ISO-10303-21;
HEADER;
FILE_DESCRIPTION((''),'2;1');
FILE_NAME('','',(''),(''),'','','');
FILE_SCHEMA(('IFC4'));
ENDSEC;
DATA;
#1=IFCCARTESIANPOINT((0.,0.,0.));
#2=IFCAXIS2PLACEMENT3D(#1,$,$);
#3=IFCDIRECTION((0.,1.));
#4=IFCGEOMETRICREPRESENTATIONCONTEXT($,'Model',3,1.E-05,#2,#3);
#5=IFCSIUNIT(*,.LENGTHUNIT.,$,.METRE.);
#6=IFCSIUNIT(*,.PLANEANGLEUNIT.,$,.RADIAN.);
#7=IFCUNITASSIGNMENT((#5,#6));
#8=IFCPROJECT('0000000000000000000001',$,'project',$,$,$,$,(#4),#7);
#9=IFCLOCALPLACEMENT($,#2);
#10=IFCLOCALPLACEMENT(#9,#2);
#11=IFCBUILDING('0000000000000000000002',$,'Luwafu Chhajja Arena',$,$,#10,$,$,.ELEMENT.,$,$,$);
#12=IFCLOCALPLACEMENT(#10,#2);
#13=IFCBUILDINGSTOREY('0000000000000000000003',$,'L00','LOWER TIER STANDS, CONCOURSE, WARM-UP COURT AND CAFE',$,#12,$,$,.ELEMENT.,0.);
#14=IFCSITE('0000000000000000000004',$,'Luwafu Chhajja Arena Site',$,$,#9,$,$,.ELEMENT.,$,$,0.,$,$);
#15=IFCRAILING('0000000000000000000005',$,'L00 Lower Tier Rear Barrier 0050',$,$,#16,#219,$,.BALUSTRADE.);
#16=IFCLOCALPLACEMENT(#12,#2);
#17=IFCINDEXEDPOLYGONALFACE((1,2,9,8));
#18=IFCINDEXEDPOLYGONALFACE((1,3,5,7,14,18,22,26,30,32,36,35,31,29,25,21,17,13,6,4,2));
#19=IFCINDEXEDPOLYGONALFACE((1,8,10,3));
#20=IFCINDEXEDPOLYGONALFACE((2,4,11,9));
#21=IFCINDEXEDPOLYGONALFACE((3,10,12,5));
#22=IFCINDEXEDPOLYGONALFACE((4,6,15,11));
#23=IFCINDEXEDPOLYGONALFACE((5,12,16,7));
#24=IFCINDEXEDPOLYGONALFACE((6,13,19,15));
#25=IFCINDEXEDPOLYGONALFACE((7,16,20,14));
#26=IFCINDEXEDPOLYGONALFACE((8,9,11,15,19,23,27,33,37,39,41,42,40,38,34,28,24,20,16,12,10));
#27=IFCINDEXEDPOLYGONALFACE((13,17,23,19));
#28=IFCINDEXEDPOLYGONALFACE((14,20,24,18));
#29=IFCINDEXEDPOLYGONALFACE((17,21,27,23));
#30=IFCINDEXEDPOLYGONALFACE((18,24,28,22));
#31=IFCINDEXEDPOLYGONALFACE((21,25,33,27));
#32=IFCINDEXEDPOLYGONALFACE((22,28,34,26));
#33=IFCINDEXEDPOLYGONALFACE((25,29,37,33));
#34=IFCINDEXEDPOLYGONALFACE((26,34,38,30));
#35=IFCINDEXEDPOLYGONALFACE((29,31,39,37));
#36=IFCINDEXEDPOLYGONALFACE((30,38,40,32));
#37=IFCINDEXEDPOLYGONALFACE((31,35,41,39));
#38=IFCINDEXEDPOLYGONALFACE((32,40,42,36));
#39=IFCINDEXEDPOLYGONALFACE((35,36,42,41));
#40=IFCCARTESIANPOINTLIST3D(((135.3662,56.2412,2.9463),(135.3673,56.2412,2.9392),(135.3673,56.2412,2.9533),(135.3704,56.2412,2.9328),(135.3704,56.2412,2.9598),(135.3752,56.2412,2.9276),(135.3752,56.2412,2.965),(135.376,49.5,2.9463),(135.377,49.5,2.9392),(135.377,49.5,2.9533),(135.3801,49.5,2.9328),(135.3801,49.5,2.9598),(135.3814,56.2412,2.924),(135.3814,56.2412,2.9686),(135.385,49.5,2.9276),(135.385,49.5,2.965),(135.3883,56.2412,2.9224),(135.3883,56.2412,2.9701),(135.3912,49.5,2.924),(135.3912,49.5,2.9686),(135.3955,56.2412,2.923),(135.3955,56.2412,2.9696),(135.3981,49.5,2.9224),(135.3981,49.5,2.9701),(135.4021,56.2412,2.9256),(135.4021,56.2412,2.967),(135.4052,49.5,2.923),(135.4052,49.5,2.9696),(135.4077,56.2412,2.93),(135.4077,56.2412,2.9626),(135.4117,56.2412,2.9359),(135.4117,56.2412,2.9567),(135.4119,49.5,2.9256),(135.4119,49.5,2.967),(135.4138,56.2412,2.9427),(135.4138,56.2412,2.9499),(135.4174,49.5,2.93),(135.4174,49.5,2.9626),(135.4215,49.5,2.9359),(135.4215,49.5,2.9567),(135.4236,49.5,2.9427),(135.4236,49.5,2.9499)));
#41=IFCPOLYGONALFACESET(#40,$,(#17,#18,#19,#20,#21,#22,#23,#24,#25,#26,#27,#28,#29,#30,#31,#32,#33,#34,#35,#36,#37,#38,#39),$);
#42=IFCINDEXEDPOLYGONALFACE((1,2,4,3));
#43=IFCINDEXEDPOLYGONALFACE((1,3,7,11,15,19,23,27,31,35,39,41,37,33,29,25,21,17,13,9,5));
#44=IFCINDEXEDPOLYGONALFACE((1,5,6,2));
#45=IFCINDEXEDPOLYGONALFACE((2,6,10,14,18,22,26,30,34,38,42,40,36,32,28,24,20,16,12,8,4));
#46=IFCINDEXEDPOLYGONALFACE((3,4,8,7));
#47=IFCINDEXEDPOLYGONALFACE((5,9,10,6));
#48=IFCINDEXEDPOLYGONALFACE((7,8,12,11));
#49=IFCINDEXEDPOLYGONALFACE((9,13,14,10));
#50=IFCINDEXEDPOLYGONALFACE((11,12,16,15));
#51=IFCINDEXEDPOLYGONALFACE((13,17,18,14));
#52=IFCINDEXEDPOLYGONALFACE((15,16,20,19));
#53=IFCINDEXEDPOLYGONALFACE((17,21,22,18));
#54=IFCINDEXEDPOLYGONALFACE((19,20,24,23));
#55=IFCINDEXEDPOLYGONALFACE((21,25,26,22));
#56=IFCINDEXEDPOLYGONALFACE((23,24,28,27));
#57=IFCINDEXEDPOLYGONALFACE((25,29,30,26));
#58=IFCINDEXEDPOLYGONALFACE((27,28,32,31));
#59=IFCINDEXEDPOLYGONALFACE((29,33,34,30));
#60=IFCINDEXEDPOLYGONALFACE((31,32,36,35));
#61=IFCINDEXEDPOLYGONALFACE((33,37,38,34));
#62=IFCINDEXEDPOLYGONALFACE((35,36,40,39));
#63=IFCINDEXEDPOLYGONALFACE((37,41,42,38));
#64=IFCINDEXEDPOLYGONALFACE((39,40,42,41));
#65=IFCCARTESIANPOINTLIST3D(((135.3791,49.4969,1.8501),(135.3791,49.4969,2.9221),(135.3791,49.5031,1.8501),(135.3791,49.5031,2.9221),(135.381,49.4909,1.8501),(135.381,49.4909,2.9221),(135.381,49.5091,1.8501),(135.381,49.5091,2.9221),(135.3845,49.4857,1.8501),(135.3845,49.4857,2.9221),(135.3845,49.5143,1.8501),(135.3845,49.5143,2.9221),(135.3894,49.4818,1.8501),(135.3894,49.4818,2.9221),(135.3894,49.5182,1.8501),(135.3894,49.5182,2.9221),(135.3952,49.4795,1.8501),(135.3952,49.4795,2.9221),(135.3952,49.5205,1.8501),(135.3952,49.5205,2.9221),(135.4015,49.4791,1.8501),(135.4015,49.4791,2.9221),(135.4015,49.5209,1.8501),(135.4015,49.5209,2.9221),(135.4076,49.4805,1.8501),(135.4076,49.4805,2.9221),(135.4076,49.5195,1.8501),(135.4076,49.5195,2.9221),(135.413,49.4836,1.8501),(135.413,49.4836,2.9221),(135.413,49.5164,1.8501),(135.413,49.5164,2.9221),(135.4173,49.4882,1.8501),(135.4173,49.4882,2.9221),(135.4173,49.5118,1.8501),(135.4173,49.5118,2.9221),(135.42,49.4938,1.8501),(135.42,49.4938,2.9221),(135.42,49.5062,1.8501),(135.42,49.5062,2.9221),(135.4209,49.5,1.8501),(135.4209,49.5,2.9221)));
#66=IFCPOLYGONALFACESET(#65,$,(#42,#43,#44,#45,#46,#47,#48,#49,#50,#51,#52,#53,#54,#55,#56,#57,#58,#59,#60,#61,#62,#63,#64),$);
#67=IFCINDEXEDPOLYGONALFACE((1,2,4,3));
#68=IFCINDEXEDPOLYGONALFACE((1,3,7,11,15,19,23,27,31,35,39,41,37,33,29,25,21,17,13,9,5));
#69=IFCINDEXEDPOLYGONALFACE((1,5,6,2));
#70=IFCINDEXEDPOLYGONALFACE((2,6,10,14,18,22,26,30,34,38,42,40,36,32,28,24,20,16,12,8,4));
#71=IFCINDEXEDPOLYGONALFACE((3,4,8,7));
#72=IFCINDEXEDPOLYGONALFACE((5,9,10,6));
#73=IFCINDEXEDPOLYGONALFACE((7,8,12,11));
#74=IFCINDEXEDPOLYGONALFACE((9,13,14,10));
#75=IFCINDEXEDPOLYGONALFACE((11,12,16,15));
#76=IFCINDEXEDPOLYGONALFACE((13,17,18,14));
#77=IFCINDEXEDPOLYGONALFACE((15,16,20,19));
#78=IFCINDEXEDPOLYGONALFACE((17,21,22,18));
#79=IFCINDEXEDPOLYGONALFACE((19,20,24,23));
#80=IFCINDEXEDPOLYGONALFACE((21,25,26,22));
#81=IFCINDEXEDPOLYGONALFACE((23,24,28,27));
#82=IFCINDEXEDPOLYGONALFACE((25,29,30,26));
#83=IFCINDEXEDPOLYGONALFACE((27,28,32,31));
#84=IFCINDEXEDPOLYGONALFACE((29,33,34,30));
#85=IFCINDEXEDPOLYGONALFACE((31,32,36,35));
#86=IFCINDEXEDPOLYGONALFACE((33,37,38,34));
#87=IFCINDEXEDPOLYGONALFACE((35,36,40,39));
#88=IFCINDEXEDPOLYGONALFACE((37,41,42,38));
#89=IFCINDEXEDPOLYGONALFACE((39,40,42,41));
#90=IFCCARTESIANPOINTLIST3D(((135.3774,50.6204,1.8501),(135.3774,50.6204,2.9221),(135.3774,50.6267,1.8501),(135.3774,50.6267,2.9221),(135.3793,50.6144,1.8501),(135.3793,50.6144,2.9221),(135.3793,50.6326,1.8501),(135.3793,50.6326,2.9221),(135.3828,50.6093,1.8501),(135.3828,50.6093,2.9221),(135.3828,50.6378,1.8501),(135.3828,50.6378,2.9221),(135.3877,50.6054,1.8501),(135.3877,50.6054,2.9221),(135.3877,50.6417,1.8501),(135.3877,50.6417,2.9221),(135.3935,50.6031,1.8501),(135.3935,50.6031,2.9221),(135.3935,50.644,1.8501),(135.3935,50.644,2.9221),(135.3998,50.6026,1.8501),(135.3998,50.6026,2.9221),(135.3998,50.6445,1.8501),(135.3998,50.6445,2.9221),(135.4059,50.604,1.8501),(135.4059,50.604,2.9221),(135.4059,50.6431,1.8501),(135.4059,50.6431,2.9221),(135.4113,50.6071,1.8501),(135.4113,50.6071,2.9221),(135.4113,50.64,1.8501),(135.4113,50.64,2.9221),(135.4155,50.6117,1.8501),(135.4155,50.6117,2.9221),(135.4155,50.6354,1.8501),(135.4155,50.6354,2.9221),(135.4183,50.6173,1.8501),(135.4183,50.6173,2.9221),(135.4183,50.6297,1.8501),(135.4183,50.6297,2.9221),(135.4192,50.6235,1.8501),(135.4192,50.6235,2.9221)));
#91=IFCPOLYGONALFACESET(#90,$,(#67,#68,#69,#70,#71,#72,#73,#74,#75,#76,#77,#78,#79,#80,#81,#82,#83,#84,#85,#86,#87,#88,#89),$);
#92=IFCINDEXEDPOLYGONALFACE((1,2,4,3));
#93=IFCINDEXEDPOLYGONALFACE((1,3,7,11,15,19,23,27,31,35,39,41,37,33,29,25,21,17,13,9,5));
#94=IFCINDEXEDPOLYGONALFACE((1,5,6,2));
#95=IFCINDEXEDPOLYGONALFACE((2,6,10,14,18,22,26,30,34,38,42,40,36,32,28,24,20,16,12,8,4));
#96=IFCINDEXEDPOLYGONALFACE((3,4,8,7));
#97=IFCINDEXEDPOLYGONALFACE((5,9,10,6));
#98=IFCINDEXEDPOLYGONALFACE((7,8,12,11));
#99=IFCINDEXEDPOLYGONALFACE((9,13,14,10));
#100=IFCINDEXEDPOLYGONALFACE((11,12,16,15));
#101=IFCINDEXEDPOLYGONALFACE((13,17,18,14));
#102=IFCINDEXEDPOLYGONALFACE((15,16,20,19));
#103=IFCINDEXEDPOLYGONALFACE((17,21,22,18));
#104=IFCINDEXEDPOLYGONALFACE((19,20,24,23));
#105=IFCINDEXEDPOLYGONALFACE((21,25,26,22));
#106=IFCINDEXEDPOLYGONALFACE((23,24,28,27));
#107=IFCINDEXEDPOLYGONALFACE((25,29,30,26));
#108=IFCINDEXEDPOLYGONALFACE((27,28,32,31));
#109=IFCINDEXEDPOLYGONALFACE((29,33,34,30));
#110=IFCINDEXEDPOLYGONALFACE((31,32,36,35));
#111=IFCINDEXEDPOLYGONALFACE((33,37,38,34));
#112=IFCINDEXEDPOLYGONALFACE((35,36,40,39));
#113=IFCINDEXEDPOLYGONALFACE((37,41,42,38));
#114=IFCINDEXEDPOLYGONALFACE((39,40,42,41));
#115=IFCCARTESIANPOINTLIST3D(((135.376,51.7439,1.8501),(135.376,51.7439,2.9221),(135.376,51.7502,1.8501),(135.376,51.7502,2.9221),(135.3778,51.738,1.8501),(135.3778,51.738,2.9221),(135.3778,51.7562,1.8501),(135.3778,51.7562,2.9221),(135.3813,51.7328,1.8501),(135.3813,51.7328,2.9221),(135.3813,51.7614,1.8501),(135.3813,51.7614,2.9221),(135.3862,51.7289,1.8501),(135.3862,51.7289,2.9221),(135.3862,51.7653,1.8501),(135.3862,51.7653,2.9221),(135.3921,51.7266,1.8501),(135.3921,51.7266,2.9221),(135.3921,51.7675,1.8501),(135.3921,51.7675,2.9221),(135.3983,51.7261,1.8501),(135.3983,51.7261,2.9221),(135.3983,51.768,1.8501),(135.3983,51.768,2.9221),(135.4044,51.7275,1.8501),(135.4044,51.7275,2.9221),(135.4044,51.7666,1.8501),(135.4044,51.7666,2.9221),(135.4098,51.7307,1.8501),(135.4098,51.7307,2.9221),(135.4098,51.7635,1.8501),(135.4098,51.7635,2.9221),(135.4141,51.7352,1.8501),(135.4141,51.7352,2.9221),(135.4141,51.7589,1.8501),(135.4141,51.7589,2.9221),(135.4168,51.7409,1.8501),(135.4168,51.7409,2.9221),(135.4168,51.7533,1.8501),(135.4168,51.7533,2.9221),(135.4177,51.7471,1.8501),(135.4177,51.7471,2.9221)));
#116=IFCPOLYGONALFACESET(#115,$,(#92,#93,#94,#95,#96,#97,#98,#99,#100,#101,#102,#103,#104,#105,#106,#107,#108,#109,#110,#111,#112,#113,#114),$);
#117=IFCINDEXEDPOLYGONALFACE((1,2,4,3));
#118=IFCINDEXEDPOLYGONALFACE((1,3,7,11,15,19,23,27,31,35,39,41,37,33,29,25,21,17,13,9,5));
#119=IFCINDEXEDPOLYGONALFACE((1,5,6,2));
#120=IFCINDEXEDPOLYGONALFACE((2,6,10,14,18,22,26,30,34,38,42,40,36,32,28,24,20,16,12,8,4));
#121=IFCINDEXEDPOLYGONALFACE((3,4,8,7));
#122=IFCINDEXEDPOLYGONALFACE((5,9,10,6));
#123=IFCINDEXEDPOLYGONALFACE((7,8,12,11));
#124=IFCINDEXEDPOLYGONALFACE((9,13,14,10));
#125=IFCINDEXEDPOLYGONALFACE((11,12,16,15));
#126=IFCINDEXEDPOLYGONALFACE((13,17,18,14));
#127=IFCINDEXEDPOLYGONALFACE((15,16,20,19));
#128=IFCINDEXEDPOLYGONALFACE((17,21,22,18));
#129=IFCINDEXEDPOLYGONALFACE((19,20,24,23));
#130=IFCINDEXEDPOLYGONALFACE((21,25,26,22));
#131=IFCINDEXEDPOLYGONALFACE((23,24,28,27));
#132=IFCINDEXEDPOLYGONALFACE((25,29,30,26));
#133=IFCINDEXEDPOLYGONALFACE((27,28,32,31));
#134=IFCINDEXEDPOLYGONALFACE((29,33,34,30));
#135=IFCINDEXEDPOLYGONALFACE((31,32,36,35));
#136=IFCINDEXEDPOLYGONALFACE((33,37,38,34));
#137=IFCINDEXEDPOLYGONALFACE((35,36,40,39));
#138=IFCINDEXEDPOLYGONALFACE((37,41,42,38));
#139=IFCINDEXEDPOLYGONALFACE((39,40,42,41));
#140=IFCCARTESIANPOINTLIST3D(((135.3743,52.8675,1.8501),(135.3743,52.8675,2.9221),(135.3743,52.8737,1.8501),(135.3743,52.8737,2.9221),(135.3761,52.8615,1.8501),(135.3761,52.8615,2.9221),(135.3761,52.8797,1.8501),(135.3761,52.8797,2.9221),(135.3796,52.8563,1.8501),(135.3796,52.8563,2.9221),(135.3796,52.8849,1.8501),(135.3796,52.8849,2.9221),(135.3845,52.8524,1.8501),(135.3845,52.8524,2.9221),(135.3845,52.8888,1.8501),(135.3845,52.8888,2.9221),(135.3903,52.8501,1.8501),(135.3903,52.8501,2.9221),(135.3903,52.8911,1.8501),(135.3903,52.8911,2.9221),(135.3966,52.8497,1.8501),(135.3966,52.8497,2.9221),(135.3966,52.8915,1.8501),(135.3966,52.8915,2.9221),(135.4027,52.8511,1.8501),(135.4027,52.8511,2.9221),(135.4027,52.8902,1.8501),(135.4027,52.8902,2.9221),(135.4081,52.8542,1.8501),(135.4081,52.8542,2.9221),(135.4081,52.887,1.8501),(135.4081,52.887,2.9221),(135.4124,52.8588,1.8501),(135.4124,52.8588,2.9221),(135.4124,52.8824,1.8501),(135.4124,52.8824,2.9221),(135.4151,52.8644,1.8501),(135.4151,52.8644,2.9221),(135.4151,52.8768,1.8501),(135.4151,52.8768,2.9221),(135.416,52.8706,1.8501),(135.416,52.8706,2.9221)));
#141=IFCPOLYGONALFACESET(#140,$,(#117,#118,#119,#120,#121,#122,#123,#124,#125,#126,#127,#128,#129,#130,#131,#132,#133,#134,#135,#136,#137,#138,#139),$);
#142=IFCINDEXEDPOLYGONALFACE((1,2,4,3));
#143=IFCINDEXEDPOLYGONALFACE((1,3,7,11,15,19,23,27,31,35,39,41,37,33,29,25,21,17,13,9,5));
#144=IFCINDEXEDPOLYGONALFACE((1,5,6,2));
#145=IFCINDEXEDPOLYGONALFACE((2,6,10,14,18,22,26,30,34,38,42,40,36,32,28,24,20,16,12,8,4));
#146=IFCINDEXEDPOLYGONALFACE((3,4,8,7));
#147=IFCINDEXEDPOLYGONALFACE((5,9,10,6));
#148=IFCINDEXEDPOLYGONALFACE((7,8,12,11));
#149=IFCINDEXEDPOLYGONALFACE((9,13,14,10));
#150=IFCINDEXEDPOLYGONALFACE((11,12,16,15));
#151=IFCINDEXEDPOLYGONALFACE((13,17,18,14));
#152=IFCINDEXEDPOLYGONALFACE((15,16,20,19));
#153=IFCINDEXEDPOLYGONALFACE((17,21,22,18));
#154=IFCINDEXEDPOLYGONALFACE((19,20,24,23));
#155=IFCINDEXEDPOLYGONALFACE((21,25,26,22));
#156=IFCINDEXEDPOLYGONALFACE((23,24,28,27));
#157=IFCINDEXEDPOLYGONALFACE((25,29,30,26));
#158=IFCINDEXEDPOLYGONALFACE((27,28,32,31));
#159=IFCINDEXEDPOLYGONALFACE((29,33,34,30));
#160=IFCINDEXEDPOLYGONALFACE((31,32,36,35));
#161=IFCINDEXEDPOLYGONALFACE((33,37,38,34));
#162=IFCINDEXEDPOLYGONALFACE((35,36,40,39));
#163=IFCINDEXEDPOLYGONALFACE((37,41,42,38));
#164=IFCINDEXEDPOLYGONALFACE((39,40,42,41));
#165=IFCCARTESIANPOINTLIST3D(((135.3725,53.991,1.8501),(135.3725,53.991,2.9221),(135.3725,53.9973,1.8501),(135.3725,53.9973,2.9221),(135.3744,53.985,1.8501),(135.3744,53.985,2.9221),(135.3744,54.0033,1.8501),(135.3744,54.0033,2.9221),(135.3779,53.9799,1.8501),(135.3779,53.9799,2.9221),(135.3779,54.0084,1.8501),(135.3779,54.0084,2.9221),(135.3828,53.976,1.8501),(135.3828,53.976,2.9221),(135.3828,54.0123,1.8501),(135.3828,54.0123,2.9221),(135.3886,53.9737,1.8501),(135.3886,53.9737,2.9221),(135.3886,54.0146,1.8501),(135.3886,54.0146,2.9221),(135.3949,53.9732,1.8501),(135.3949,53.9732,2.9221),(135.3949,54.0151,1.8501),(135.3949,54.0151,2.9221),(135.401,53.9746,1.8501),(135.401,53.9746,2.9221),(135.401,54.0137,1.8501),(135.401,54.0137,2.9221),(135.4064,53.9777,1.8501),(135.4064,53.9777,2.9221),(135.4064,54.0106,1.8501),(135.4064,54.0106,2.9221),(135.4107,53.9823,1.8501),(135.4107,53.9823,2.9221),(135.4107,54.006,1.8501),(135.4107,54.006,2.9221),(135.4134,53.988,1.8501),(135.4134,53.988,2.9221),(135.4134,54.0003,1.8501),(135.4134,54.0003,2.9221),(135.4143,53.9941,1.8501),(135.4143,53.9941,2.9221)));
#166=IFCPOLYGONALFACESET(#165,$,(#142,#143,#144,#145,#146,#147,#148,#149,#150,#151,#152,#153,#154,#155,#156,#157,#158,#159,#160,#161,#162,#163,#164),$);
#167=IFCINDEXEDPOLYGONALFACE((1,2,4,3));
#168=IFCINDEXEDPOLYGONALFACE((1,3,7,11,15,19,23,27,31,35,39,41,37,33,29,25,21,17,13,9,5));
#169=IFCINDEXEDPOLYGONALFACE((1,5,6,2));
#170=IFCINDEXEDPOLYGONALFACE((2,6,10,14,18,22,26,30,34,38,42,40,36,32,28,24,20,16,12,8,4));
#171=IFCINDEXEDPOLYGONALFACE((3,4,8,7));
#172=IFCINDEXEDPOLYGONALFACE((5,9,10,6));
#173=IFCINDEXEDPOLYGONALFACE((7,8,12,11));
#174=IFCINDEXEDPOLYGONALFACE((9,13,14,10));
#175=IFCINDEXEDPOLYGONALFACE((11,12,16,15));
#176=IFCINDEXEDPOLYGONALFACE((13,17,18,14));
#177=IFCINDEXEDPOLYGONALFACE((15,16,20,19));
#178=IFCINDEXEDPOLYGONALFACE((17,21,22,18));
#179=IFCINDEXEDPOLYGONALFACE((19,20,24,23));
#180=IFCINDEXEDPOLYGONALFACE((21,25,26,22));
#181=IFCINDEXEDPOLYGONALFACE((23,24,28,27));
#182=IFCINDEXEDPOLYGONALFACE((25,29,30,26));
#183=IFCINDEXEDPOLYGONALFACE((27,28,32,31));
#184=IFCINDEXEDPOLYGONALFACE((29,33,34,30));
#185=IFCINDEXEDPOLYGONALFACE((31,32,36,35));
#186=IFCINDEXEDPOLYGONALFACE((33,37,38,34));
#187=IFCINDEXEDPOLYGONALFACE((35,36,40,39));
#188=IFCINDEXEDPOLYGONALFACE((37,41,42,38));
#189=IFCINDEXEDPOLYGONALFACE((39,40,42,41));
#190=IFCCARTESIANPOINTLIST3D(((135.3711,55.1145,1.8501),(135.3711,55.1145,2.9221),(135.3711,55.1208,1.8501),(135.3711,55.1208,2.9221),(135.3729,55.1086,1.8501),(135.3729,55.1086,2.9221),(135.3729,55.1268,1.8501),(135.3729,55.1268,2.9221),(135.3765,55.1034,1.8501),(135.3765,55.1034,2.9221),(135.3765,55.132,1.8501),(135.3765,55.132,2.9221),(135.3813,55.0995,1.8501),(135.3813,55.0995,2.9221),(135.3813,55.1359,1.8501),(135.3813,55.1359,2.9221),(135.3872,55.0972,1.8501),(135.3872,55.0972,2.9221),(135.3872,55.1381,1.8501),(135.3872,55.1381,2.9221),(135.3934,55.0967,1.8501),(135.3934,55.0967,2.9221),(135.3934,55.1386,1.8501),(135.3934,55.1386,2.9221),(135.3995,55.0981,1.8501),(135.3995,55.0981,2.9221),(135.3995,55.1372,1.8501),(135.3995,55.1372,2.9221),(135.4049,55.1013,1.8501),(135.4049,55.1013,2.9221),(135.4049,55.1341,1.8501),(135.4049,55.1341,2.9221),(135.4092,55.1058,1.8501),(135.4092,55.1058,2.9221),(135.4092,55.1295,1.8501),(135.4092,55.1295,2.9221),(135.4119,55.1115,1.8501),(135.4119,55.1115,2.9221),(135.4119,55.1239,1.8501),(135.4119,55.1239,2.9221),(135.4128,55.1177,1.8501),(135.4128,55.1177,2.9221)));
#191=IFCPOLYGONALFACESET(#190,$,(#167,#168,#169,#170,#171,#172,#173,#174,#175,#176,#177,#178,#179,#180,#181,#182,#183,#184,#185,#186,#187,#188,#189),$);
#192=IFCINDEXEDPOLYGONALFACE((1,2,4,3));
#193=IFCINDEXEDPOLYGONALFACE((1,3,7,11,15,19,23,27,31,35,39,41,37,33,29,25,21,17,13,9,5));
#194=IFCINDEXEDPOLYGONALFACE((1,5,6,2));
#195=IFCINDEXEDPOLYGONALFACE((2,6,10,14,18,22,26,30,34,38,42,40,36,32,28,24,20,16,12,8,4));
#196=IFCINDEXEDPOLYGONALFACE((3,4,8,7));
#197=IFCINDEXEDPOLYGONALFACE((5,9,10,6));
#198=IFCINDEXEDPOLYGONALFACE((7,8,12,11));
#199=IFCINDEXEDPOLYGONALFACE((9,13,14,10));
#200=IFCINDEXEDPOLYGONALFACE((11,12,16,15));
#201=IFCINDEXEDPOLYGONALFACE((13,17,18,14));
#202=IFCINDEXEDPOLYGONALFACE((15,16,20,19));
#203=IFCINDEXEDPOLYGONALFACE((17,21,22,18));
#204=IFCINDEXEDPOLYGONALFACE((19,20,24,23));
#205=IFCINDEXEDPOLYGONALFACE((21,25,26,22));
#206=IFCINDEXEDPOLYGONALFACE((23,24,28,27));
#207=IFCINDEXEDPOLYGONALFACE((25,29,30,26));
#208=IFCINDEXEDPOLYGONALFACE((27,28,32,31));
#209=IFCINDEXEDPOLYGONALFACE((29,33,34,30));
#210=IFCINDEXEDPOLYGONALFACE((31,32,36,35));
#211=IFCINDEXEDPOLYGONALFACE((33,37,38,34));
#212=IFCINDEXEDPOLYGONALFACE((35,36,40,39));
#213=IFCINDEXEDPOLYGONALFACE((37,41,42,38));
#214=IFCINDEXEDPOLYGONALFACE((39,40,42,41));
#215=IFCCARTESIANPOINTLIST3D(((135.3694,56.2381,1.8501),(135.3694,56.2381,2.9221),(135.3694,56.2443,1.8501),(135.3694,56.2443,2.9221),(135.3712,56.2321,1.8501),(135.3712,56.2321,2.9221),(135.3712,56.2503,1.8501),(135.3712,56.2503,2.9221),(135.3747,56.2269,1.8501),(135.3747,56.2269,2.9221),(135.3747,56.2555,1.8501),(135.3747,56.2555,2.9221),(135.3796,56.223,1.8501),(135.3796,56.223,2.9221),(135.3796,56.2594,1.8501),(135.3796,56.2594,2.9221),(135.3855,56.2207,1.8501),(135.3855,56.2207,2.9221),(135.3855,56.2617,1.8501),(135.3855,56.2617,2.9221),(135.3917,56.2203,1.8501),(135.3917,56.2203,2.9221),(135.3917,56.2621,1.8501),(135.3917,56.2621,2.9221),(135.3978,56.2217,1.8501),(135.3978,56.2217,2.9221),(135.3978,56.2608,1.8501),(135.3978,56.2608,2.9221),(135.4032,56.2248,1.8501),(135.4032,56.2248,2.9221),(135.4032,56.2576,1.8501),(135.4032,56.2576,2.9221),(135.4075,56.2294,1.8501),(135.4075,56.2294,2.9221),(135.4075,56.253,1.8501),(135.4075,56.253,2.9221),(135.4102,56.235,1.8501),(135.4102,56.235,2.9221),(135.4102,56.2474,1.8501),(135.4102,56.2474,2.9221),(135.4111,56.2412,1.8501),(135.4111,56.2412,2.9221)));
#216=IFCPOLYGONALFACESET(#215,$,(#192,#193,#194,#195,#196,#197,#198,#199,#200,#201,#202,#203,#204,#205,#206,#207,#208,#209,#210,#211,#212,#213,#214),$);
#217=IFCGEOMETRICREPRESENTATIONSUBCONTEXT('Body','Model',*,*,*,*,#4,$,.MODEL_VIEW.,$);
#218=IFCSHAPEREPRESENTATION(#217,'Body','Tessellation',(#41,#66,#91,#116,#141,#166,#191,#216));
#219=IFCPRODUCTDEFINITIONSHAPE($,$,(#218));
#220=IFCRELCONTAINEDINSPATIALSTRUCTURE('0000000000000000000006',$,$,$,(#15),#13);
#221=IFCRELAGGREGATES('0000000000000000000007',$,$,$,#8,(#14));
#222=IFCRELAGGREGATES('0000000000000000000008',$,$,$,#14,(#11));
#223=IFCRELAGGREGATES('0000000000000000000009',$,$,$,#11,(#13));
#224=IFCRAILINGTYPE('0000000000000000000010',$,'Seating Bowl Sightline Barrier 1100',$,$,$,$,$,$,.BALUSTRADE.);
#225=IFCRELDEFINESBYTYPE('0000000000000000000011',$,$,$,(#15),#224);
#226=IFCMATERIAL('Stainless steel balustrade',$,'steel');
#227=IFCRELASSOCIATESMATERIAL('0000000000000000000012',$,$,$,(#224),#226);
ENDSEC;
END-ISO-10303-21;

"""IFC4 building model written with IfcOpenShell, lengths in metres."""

from ifc_helpers import new_model, si_unit, direction, frame, origin, origin_2d, place, context, subcontext, project, spatial, circle, extrude, material, type_object, element, save


model = new_model("IFC4")

# Units and contexts
model_context = context("Model", 3, precision=1e-05, world=origin(), true_north=direction((0.0, 1.0)))
body_context = subcontext(model_context, "Body", "Model", "MODEL_VIEW")
ifc_project = project(units=[si_unit("LENGTHUNIT", "METRE"), si_unit("PLANEANGLEUNIT", "RADIAN")], contexts=[model_context])

# Site, building, storey
site_placement = place(None, origin())
site = spatial("IfcSite", under=ifc_project, at=site_placement, Name="Luwafu Chhajja Arena Site", CompositionType="ELEMENT", RefElevation=0.0)
building_placement = place(site_placement, origin())
building = spatial("IfcBuilding", under=site, at=building_placement, Name="Luwafu Chhajja Arena", CompositionType="ELEMENT")
storey_placement = place(building_placement, origin())
storey = spatial("IfcBuildingStorey", under=building, at=storey_placement, Name="L00", Description="LOWER TIER STANDS, CONCOURSE, WARM-UP COURT AND CAFE", CompositionType="ELEMENT", Elevation=0.0)

# Railing
ifc_material_1 = material(Name="Stainless steel balustrade", Category="steel")
railing_type = type_object("IfcRailingType", Name="Seating Bowl Sightline Barrier 1100", PredefinedType="BALUSTRADE", material=ifc_material_1)
railing_1_placement = place(storey_placement, frame((135.3999, 49.5, 1.8501)))
element("IfcRailing", 1, at=railing_1_placement, inside=storey, type_object=railing_type, Name="L00 Lower Tier Rear Barrier 0050", PredefinedType="BALUSTRADE", context=body_context, shape_type="SweptSolid", body=[
    extrude(circle(Radius=0.0239, at=origin_2d()), frame((0.0, 0.0, 1.0962), z_axis=(-0.001449, 0.999999, 0.0), x_axis=(-0.999999, -0.001449, 0.0)), (0.0, 0.0, 1.0), 6.7412),
    extrude(circle(Radius=0.021, at=origin_2d()), origin(), (0.0, 0.0, 1.0), 1.072),
    extrude(circle(Radius=0.021, at=origin_2d()), frame((-0.0017, 1.1235, 0.0)), (0.0, 0.0, 1.0), 1.072),
    extrude(circle(Radius=0.021, at=origin_2d()), frame((-0.0032, 2.2471, 0.0)), (0.0, 0.0, 1.0), 1.072),
    extrude(circle(Radius=0.021, at=origin_2d()), frame((-0.0049, 3.3706, 0.0)), (0.0, 0.0, 1.0), 1.072),
    extrude(circle(Radius=0.021, at=origin_2d()), frame((-0.0066, 4.4941, 0.0)), (0.0, 0.0, 1.0), 1.072),
    extrude(circle(Radius=0.021, at=origin_2d()), frame((-0.0081, 5.6177, 0.0)), (0.0, 0.0, 1.0), 1.072),
    extrude(circle(Radius=0.021, at=origin_2d()), frame((-0.0098, 6.7412, 0.0)), (0.0, 0.0, 1.0), 1.072),
])

save(model, "model.ifc")
